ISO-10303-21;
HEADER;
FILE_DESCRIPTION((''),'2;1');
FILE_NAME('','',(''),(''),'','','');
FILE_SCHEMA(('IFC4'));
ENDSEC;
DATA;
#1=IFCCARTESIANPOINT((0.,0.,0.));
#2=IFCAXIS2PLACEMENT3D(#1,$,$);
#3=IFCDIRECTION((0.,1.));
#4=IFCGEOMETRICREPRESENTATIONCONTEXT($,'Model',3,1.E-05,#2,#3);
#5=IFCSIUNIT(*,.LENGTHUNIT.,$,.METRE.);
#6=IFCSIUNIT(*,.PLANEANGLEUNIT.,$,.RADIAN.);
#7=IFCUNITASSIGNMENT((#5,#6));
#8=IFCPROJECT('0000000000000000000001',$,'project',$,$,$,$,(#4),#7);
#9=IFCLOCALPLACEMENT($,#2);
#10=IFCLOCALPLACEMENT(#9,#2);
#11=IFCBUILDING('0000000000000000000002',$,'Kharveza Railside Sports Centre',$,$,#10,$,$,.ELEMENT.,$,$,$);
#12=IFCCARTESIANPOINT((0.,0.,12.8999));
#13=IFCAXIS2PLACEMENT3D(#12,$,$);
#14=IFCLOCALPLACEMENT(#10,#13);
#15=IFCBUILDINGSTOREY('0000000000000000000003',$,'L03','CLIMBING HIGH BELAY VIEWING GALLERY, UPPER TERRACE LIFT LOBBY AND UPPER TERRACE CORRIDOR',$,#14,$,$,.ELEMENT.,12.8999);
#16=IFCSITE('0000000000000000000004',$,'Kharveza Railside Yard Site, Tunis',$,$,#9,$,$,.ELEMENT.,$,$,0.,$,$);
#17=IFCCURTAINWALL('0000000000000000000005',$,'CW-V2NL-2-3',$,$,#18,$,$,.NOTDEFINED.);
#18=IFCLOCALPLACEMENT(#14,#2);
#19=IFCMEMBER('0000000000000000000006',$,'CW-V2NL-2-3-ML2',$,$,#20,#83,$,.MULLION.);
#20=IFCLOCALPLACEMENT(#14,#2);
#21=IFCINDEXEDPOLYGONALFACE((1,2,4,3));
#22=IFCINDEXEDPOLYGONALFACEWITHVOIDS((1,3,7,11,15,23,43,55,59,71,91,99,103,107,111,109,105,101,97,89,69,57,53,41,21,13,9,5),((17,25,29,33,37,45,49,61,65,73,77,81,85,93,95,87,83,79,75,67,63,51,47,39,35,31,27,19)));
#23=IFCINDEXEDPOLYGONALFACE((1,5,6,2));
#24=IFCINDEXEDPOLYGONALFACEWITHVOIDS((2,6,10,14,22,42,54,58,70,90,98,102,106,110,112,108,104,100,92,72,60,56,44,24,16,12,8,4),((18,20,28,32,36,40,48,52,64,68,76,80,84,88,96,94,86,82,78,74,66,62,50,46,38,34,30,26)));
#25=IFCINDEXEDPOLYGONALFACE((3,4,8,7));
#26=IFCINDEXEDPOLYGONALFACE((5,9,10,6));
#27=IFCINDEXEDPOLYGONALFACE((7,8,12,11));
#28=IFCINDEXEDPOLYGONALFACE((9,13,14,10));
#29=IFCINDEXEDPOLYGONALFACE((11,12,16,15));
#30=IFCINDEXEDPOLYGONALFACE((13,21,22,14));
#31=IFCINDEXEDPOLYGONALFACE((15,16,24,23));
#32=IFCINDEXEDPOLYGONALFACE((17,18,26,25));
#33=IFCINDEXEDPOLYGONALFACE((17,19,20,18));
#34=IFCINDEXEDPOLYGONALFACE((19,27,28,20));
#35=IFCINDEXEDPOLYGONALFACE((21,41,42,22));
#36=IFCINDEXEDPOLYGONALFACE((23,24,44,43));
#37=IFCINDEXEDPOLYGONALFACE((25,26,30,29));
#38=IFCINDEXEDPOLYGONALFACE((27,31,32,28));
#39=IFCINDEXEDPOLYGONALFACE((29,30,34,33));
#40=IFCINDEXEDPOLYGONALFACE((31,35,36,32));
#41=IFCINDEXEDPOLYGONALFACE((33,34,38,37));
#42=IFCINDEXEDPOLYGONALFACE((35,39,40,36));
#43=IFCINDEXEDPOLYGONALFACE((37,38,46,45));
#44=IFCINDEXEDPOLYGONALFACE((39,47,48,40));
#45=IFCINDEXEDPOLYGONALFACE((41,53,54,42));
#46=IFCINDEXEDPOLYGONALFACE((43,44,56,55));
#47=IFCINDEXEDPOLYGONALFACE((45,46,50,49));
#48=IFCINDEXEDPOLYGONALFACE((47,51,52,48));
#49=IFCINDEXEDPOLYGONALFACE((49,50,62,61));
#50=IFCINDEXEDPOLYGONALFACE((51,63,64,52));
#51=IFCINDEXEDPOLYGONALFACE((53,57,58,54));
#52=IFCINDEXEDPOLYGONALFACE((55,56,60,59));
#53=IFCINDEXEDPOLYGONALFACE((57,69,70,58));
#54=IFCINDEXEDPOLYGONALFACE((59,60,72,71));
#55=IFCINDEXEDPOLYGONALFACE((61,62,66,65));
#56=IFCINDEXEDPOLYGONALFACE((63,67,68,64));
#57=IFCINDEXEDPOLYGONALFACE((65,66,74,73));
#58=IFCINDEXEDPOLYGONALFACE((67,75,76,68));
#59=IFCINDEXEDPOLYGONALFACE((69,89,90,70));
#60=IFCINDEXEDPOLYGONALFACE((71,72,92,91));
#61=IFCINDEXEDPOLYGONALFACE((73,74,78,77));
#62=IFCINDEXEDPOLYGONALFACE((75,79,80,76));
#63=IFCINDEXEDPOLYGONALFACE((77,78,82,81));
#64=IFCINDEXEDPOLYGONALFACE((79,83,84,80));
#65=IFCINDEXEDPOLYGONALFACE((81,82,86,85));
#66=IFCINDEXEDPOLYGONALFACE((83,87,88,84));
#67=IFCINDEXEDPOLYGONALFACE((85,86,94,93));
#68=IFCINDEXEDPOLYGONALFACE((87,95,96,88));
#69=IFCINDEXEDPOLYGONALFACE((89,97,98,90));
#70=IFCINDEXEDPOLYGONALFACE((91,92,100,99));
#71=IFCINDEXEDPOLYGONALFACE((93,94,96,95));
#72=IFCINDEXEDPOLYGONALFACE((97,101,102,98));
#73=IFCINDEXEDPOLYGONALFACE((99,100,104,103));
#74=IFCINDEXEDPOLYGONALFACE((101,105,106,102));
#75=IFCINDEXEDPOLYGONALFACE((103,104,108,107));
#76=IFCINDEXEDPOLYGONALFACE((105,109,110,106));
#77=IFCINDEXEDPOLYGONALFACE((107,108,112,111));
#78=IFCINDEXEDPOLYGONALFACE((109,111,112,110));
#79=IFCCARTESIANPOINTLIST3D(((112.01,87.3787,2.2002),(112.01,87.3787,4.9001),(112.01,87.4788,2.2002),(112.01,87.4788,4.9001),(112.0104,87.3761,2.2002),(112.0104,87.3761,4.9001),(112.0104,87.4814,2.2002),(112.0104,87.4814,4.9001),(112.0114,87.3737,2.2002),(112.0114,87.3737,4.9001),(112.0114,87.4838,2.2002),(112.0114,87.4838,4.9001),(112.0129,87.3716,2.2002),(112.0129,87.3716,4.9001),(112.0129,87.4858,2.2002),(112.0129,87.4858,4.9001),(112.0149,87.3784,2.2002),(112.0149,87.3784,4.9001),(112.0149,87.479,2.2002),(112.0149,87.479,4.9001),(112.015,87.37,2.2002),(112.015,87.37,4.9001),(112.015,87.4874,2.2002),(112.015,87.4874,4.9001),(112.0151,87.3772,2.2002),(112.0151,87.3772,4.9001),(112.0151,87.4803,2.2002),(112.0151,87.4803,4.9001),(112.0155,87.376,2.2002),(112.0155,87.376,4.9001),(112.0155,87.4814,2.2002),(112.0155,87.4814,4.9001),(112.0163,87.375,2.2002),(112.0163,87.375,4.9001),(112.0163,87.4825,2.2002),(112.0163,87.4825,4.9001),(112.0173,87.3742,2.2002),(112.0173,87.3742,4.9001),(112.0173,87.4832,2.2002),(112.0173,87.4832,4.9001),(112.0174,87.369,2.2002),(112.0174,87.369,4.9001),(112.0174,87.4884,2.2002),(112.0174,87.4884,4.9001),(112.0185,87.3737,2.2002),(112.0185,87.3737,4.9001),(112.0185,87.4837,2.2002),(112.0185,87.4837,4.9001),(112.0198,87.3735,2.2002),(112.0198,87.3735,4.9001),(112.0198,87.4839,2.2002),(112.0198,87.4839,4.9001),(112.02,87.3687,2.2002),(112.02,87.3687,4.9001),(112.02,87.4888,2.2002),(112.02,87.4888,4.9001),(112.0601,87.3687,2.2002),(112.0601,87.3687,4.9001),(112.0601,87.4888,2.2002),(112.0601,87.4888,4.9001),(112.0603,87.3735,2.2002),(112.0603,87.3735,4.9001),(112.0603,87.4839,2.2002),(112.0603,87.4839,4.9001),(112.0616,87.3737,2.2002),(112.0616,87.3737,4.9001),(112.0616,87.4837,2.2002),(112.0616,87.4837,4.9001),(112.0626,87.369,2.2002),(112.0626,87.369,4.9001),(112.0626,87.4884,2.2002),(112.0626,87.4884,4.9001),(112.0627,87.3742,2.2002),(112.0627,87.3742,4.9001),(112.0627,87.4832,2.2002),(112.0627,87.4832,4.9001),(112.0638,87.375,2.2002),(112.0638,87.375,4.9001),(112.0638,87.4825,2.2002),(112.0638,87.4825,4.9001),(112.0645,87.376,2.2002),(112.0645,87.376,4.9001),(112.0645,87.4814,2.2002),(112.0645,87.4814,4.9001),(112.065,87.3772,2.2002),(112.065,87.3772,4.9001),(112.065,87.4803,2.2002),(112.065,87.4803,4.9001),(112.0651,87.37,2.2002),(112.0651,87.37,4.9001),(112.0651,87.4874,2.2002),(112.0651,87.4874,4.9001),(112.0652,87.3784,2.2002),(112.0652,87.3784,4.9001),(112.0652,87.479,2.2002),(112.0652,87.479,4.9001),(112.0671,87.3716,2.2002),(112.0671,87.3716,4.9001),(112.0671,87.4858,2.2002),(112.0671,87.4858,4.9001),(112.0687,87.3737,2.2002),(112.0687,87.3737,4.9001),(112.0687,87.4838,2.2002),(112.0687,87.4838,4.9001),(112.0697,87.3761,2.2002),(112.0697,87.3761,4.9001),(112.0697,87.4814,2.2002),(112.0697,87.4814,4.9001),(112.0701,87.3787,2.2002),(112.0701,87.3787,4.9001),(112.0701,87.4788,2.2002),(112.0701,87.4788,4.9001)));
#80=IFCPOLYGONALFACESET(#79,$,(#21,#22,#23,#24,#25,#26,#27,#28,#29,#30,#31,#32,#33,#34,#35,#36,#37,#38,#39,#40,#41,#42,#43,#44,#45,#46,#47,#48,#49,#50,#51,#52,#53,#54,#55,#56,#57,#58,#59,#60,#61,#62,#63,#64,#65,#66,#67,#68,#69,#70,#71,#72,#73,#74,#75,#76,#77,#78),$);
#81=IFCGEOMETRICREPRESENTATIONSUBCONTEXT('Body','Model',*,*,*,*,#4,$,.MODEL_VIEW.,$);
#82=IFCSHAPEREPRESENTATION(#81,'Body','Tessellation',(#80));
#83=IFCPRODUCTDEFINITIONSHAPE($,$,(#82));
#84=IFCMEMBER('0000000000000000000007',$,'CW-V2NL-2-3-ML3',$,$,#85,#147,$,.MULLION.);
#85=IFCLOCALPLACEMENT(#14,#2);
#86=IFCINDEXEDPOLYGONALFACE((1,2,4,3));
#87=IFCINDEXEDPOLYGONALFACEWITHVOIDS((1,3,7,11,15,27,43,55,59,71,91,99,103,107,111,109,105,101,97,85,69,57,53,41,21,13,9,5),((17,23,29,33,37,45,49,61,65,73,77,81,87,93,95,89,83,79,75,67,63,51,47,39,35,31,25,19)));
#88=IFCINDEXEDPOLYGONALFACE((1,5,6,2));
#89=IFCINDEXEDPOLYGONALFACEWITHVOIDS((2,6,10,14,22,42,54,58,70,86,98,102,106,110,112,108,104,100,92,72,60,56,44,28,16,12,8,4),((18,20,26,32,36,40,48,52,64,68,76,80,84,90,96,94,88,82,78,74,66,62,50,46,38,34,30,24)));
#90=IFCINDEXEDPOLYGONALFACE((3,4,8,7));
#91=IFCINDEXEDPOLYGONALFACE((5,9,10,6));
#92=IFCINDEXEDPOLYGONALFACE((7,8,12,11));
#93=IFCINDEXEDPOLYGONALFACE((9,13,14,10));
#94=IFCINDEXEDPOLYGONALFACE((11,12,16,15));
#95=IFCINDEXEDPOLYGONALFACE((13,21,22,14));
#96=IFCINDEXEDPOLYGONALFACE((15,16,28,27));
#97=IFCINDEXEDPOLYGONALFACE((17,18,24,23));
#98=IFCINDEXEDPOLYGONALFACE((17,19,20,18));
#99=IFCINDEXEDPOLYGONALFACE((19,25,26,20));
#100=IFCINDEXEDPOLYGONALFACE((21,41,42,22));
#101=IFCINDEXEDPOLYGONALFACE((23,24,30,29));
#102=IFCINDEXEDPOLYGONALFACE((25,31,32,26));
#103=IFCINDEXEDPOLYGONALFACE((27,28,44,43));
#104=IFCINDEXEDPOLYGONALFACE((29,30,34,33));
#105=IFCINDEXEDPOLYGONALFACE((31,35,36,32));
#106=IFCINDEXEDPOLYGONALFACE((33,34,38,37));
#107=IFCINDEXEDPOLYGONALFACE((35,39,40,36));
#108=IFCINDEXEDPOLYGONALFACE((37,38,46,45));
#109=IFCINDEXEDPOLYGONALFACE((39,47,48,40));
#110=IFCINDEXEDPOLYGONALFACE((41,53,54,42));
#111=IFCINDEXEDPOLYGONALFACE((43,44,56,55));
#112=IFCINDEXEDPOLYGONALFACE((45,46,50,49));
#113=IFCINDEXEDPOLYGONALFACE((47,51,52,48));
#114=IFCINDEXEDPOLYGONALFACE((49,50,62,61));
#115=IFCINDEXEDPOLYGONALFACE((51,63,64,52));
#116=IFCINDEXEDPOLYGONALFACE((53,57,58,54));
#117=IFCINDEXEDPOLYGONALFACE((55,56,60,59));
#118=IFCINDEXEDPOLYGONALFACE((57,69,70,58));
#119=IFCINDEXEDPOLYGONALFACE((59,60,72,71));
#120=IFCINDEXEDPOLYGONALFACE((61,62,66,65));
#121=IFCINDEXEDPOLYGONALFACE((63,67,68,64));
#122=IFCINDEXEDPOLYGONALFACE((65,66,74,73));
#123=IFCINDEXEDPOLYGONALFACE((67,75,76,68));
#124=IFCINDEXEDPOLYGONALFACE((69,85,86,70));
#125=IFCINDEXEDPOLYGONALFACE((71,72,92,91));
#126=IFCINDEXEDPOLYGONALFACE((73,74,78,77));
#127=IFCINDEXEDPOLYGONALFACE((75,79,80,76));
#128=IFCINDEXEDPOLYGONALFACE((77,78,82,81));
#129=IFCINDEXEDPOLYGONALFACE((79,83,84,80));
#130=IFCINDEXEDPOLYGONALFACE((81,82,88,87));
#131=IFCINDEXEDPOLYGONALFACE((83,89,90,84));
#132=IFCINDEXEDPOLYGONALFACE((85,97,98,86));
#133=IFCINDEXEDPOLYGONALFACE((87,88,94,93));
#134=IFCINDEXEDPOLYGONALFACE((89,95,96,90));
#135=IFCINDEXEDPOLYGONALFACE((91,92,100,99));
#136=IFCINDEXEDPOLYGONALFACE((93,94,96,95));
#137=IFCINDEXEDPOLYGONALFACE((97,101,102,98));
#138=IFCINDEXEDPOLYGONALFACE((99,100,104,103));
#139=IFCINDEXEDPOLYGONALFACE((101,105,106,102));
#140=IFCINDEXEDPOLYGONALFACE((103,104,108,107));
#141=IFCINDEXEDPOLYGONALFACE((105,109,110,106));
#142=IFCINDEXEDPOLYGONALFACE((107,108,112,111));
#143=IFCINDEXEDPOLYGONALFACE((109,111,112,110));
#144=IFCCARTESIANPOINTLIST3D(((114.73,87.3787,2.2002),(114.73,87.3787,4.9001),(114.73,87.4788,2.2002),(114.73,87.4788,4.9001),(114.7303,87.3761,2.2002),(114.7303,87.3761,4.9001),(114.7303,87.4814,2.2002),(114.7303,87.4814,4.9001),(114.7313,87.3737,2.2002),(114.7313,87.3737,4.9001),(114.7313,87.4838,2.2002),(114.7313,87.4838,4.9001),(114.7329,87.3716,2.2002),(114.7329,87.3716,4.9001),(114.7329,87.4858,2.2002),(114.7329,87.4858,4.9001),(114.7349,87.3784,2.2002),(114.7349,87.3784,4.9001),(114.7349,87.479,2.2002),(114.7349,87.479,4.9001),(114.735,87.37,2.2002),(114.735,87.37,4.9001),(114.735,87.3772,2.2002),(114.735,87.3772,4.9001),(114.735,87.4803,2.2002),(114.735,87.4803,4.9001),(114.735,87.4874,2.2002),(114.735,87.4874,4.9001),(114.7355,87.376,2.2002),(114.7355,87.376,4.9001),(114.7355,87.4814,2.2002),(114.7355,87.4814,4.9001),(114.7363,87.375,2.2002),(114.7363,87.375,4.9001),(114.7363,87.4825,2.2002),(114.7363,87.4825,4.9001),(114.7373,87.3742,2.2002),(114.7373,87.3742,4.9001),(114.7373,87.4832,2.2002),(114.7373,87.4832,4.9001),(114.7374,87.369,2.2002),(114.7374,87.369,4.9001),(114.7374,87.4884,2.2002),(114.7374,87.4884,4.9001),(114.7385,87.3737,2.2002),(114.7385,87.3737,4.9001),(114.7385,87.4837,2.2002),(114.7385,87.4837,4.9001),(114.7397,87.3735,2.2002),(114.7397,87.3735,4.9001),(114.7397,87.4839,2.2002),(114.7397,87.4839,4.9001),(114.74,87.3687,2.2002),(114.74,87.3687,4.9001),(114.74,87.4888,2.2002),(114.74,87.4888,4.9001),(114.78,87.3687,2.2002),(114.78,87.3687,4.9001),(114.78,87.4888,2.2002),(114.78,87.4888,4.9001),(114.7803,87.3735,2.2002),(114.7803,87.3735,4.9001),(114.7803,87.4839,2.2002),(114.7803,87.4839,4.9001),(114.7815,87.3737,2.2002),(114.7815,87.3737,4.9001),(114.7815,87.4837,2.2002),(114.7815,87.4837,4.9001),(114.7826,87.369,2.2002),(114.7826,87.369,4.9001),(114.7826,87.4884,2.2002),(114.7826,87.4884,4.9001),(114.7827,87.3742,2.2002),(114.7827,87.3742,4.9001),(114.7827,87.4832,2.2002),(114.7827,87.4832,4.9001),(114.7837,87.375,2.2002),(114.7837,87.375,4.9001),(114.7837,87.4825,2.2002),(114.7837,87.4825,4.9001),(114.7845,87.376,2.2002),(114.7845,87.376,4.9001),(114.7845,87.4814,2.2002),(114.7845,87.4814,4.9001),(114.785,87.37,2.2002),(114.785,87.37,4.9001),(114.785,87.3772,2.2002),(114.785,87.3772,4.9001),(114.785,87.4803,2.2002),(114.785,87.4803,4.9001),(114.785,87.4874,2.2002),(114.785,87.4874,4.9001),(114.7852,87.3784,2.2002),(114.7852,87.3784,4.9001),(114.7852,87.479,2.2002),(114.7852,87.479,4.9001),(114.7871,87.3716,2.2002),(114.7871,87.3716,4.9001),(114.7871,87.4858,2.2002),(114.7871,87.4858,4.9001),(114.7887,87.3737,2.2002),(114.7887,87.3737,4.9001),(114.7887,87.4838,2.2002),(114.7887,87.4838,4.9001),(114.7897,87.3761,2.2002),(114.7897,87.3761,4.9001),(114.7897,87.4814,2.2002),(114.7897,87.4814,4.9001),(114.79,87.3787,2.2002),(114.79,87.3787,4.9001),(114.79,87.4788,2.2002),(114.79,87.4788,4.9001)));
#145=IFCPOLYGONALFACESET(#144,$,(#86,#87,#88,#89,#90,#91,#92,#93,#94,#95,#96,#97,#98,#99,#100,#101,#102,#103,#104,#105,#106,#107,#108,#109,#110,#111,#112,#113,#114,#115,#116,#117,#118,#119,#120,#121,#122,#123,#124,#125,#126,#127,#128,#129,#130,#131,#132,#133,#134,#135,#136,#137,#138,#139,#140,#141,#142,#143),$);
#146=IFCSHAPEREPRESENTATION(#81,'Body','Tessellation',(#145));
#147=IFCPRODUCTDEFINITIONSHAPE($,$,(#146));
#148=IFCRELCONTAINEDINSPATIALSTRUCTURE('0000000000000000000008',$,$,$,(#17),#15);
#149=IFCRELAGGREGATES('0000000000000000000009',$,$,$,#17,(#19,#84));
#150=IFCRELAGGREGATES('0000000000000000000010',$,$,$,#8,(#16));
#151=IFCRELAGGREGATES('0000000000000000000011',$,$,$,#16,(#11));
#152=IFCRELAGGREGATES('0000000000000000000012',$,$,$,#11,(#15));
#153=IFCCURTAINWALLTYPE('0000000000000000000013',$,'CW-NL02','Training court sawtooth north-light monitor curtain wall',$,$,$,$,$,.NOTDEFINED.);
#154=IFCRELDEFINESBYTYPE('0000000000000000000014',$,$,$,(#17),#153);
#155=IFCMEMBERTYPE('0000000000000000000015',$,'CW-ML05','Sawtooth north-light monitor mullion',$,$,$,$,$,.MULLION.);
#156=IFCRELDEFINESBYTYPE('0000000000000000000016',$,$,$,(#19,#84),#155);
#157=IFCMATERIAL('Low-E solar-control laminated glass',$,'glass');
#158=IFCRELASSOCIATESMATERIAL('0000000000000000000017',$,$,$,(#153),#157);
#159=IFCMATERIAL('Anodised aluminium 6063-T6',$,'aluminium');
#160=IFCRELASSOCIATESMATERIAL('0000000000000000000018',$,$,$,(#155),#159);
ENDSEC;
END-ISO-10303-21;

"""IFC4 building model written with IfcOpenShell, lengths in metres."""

from ifc_helpers import new_model, si_unit, direction, frame, origin, origin_2d, place, context, subcontext, project, spatial, hollow_rectangle, extrude, material, material_profile, profile_set, type_object, element, aggregate, save


model = new_model("IFC4")

# Units and contexts
model_context = context("Model", 3, precision=1e-05, world=origin(), true_north=direction((0.0, 1.0)))
body_context = subcontext(model_context, "Body", "Model", "MODEL_VIEW")
ifc_project = project(units=[si_unit("LENGTHUNIT", "METRE"), si_unit("PLANEANGLEUNIT", "RADIAN")], contexts=[model_context])

# Site, building, storey
site_placement = place(None, origin())
site = spatial("IfcSite", under=ifc_project, at=site_placement, Name="Kharveza Railside Yard Site, Tunis", CompositionType="ELEMENT", RefElevation=0.0)
building_placement = place(site_placement, origin())
building = spatial("IfcBuilding", under=site, at=building_placement, Name="Kharveza Railside Sports Centre", CompositionType="ELEMENT")
storey_placement = place(building_placement, frame((0.0, 0.0, 12.8999)))
storey = spatial("IfcBuildingStorey", under=building, at=storey_placement, Name="L03", Description="CLIMBING HIGH BELAY VIEWING GALLERY, UPPER TERRACE LIFT LOBBY AND UPPER TERRACE CORRIDOR", CompositionType="ELEMENT", Elevation=12.8999)

# Curtain wall, members
ifc_material_1 = material(Name="Low-E solar-control laminated glass", Category="glass")
curtain_wall_type = type_object("IfcCurtainWallType", Name="CW-NL02", Description="Training court sawtooth north-light monitor curtain wall", PredefinedType="NOTDEFINED", material=ifc_material_1)
curtain_wall_placement = place(storey_placement, origin())
curtain_wall = element("IfcCurtainWall", 1, at=curtain_wall_placement, inside=storey, type_object=curtain_wall_type, Name="CW-V2NL-2-3", PredefinedType="NOTDEFINED")
ifc_material_2 = material(Name="Anodised aluminium 6063-T6", Category="aluminium")
ifc_material_profile_1 = material_profile(ifc_material_2, hollow_rectangle(XDim=0.0601, YDim=0.1201, WallThickness=0.0049, InnerFilletRadius=0.0049, OuterFilletRadius=0.01, at=origin_2d()), Name="RHS 60x120x5.0")
ifc_profile_set_1 = profile_set([ifc_material_profile_1], Name="Anodised aluminium 6063-T6")
member_type_1 = type_object("IfcMemberType", Name="CW-ML05", Description="Sawtooth north-light monitor mullion", PredefinedType="MULLION", material=ifc_profile_set_1)
member_1_placement = place(storey_placement, frame((112.04, 87.4287, 2.2002), z_axis=(0.0, 0.0, 1.0), x_axis=(1.0, 0.0, 0.0)))
member_1 = element("IfcMember", 2, at=member_1_placement, type_object=member_type_1, Name="CW-V2NL-2-3-ML2", PredefinedType="MULLION", context=body_context, shape_type="SweptSolid", body=[
    extrude(hollow_rectangle(XDim=0.0601, YDim=0.1201, WallThickness=0.0049, InnerFilletRadius=0.0049, OuterFilletRadius=0.01, at=origin_2d()), origin(), (0.0, 0.0, 1.0), 2.7),
])
member_2_placement = place(storey_placement, frame((114.76, 87.4287, 2.2002), z_axis=(0.0, 0.0, 1.0), x_axis=(1.0, 0.0, 0.0)))
member_2 = element("IfcMember", 3, at=member_2_placement, type_object=member_type_1, Name="CW-V2NL-2-3-ML3", PredefinedType="MULLION", context=body_context, shape_type="SweptSolid", body=[
    extrude(hollow_rectangle(XDim=0.0601, YDim=0.1201, WallThickness=0.0049, InnerFilletRadius=0.0049, OuterFilletRadius=0.01, at=origin_2d()), origin(), (0.0, 0.0, 1.0), 2.7),
])

aggregate(curtain_wall, [member_1, member_2])

save(model, "model.ifc")
